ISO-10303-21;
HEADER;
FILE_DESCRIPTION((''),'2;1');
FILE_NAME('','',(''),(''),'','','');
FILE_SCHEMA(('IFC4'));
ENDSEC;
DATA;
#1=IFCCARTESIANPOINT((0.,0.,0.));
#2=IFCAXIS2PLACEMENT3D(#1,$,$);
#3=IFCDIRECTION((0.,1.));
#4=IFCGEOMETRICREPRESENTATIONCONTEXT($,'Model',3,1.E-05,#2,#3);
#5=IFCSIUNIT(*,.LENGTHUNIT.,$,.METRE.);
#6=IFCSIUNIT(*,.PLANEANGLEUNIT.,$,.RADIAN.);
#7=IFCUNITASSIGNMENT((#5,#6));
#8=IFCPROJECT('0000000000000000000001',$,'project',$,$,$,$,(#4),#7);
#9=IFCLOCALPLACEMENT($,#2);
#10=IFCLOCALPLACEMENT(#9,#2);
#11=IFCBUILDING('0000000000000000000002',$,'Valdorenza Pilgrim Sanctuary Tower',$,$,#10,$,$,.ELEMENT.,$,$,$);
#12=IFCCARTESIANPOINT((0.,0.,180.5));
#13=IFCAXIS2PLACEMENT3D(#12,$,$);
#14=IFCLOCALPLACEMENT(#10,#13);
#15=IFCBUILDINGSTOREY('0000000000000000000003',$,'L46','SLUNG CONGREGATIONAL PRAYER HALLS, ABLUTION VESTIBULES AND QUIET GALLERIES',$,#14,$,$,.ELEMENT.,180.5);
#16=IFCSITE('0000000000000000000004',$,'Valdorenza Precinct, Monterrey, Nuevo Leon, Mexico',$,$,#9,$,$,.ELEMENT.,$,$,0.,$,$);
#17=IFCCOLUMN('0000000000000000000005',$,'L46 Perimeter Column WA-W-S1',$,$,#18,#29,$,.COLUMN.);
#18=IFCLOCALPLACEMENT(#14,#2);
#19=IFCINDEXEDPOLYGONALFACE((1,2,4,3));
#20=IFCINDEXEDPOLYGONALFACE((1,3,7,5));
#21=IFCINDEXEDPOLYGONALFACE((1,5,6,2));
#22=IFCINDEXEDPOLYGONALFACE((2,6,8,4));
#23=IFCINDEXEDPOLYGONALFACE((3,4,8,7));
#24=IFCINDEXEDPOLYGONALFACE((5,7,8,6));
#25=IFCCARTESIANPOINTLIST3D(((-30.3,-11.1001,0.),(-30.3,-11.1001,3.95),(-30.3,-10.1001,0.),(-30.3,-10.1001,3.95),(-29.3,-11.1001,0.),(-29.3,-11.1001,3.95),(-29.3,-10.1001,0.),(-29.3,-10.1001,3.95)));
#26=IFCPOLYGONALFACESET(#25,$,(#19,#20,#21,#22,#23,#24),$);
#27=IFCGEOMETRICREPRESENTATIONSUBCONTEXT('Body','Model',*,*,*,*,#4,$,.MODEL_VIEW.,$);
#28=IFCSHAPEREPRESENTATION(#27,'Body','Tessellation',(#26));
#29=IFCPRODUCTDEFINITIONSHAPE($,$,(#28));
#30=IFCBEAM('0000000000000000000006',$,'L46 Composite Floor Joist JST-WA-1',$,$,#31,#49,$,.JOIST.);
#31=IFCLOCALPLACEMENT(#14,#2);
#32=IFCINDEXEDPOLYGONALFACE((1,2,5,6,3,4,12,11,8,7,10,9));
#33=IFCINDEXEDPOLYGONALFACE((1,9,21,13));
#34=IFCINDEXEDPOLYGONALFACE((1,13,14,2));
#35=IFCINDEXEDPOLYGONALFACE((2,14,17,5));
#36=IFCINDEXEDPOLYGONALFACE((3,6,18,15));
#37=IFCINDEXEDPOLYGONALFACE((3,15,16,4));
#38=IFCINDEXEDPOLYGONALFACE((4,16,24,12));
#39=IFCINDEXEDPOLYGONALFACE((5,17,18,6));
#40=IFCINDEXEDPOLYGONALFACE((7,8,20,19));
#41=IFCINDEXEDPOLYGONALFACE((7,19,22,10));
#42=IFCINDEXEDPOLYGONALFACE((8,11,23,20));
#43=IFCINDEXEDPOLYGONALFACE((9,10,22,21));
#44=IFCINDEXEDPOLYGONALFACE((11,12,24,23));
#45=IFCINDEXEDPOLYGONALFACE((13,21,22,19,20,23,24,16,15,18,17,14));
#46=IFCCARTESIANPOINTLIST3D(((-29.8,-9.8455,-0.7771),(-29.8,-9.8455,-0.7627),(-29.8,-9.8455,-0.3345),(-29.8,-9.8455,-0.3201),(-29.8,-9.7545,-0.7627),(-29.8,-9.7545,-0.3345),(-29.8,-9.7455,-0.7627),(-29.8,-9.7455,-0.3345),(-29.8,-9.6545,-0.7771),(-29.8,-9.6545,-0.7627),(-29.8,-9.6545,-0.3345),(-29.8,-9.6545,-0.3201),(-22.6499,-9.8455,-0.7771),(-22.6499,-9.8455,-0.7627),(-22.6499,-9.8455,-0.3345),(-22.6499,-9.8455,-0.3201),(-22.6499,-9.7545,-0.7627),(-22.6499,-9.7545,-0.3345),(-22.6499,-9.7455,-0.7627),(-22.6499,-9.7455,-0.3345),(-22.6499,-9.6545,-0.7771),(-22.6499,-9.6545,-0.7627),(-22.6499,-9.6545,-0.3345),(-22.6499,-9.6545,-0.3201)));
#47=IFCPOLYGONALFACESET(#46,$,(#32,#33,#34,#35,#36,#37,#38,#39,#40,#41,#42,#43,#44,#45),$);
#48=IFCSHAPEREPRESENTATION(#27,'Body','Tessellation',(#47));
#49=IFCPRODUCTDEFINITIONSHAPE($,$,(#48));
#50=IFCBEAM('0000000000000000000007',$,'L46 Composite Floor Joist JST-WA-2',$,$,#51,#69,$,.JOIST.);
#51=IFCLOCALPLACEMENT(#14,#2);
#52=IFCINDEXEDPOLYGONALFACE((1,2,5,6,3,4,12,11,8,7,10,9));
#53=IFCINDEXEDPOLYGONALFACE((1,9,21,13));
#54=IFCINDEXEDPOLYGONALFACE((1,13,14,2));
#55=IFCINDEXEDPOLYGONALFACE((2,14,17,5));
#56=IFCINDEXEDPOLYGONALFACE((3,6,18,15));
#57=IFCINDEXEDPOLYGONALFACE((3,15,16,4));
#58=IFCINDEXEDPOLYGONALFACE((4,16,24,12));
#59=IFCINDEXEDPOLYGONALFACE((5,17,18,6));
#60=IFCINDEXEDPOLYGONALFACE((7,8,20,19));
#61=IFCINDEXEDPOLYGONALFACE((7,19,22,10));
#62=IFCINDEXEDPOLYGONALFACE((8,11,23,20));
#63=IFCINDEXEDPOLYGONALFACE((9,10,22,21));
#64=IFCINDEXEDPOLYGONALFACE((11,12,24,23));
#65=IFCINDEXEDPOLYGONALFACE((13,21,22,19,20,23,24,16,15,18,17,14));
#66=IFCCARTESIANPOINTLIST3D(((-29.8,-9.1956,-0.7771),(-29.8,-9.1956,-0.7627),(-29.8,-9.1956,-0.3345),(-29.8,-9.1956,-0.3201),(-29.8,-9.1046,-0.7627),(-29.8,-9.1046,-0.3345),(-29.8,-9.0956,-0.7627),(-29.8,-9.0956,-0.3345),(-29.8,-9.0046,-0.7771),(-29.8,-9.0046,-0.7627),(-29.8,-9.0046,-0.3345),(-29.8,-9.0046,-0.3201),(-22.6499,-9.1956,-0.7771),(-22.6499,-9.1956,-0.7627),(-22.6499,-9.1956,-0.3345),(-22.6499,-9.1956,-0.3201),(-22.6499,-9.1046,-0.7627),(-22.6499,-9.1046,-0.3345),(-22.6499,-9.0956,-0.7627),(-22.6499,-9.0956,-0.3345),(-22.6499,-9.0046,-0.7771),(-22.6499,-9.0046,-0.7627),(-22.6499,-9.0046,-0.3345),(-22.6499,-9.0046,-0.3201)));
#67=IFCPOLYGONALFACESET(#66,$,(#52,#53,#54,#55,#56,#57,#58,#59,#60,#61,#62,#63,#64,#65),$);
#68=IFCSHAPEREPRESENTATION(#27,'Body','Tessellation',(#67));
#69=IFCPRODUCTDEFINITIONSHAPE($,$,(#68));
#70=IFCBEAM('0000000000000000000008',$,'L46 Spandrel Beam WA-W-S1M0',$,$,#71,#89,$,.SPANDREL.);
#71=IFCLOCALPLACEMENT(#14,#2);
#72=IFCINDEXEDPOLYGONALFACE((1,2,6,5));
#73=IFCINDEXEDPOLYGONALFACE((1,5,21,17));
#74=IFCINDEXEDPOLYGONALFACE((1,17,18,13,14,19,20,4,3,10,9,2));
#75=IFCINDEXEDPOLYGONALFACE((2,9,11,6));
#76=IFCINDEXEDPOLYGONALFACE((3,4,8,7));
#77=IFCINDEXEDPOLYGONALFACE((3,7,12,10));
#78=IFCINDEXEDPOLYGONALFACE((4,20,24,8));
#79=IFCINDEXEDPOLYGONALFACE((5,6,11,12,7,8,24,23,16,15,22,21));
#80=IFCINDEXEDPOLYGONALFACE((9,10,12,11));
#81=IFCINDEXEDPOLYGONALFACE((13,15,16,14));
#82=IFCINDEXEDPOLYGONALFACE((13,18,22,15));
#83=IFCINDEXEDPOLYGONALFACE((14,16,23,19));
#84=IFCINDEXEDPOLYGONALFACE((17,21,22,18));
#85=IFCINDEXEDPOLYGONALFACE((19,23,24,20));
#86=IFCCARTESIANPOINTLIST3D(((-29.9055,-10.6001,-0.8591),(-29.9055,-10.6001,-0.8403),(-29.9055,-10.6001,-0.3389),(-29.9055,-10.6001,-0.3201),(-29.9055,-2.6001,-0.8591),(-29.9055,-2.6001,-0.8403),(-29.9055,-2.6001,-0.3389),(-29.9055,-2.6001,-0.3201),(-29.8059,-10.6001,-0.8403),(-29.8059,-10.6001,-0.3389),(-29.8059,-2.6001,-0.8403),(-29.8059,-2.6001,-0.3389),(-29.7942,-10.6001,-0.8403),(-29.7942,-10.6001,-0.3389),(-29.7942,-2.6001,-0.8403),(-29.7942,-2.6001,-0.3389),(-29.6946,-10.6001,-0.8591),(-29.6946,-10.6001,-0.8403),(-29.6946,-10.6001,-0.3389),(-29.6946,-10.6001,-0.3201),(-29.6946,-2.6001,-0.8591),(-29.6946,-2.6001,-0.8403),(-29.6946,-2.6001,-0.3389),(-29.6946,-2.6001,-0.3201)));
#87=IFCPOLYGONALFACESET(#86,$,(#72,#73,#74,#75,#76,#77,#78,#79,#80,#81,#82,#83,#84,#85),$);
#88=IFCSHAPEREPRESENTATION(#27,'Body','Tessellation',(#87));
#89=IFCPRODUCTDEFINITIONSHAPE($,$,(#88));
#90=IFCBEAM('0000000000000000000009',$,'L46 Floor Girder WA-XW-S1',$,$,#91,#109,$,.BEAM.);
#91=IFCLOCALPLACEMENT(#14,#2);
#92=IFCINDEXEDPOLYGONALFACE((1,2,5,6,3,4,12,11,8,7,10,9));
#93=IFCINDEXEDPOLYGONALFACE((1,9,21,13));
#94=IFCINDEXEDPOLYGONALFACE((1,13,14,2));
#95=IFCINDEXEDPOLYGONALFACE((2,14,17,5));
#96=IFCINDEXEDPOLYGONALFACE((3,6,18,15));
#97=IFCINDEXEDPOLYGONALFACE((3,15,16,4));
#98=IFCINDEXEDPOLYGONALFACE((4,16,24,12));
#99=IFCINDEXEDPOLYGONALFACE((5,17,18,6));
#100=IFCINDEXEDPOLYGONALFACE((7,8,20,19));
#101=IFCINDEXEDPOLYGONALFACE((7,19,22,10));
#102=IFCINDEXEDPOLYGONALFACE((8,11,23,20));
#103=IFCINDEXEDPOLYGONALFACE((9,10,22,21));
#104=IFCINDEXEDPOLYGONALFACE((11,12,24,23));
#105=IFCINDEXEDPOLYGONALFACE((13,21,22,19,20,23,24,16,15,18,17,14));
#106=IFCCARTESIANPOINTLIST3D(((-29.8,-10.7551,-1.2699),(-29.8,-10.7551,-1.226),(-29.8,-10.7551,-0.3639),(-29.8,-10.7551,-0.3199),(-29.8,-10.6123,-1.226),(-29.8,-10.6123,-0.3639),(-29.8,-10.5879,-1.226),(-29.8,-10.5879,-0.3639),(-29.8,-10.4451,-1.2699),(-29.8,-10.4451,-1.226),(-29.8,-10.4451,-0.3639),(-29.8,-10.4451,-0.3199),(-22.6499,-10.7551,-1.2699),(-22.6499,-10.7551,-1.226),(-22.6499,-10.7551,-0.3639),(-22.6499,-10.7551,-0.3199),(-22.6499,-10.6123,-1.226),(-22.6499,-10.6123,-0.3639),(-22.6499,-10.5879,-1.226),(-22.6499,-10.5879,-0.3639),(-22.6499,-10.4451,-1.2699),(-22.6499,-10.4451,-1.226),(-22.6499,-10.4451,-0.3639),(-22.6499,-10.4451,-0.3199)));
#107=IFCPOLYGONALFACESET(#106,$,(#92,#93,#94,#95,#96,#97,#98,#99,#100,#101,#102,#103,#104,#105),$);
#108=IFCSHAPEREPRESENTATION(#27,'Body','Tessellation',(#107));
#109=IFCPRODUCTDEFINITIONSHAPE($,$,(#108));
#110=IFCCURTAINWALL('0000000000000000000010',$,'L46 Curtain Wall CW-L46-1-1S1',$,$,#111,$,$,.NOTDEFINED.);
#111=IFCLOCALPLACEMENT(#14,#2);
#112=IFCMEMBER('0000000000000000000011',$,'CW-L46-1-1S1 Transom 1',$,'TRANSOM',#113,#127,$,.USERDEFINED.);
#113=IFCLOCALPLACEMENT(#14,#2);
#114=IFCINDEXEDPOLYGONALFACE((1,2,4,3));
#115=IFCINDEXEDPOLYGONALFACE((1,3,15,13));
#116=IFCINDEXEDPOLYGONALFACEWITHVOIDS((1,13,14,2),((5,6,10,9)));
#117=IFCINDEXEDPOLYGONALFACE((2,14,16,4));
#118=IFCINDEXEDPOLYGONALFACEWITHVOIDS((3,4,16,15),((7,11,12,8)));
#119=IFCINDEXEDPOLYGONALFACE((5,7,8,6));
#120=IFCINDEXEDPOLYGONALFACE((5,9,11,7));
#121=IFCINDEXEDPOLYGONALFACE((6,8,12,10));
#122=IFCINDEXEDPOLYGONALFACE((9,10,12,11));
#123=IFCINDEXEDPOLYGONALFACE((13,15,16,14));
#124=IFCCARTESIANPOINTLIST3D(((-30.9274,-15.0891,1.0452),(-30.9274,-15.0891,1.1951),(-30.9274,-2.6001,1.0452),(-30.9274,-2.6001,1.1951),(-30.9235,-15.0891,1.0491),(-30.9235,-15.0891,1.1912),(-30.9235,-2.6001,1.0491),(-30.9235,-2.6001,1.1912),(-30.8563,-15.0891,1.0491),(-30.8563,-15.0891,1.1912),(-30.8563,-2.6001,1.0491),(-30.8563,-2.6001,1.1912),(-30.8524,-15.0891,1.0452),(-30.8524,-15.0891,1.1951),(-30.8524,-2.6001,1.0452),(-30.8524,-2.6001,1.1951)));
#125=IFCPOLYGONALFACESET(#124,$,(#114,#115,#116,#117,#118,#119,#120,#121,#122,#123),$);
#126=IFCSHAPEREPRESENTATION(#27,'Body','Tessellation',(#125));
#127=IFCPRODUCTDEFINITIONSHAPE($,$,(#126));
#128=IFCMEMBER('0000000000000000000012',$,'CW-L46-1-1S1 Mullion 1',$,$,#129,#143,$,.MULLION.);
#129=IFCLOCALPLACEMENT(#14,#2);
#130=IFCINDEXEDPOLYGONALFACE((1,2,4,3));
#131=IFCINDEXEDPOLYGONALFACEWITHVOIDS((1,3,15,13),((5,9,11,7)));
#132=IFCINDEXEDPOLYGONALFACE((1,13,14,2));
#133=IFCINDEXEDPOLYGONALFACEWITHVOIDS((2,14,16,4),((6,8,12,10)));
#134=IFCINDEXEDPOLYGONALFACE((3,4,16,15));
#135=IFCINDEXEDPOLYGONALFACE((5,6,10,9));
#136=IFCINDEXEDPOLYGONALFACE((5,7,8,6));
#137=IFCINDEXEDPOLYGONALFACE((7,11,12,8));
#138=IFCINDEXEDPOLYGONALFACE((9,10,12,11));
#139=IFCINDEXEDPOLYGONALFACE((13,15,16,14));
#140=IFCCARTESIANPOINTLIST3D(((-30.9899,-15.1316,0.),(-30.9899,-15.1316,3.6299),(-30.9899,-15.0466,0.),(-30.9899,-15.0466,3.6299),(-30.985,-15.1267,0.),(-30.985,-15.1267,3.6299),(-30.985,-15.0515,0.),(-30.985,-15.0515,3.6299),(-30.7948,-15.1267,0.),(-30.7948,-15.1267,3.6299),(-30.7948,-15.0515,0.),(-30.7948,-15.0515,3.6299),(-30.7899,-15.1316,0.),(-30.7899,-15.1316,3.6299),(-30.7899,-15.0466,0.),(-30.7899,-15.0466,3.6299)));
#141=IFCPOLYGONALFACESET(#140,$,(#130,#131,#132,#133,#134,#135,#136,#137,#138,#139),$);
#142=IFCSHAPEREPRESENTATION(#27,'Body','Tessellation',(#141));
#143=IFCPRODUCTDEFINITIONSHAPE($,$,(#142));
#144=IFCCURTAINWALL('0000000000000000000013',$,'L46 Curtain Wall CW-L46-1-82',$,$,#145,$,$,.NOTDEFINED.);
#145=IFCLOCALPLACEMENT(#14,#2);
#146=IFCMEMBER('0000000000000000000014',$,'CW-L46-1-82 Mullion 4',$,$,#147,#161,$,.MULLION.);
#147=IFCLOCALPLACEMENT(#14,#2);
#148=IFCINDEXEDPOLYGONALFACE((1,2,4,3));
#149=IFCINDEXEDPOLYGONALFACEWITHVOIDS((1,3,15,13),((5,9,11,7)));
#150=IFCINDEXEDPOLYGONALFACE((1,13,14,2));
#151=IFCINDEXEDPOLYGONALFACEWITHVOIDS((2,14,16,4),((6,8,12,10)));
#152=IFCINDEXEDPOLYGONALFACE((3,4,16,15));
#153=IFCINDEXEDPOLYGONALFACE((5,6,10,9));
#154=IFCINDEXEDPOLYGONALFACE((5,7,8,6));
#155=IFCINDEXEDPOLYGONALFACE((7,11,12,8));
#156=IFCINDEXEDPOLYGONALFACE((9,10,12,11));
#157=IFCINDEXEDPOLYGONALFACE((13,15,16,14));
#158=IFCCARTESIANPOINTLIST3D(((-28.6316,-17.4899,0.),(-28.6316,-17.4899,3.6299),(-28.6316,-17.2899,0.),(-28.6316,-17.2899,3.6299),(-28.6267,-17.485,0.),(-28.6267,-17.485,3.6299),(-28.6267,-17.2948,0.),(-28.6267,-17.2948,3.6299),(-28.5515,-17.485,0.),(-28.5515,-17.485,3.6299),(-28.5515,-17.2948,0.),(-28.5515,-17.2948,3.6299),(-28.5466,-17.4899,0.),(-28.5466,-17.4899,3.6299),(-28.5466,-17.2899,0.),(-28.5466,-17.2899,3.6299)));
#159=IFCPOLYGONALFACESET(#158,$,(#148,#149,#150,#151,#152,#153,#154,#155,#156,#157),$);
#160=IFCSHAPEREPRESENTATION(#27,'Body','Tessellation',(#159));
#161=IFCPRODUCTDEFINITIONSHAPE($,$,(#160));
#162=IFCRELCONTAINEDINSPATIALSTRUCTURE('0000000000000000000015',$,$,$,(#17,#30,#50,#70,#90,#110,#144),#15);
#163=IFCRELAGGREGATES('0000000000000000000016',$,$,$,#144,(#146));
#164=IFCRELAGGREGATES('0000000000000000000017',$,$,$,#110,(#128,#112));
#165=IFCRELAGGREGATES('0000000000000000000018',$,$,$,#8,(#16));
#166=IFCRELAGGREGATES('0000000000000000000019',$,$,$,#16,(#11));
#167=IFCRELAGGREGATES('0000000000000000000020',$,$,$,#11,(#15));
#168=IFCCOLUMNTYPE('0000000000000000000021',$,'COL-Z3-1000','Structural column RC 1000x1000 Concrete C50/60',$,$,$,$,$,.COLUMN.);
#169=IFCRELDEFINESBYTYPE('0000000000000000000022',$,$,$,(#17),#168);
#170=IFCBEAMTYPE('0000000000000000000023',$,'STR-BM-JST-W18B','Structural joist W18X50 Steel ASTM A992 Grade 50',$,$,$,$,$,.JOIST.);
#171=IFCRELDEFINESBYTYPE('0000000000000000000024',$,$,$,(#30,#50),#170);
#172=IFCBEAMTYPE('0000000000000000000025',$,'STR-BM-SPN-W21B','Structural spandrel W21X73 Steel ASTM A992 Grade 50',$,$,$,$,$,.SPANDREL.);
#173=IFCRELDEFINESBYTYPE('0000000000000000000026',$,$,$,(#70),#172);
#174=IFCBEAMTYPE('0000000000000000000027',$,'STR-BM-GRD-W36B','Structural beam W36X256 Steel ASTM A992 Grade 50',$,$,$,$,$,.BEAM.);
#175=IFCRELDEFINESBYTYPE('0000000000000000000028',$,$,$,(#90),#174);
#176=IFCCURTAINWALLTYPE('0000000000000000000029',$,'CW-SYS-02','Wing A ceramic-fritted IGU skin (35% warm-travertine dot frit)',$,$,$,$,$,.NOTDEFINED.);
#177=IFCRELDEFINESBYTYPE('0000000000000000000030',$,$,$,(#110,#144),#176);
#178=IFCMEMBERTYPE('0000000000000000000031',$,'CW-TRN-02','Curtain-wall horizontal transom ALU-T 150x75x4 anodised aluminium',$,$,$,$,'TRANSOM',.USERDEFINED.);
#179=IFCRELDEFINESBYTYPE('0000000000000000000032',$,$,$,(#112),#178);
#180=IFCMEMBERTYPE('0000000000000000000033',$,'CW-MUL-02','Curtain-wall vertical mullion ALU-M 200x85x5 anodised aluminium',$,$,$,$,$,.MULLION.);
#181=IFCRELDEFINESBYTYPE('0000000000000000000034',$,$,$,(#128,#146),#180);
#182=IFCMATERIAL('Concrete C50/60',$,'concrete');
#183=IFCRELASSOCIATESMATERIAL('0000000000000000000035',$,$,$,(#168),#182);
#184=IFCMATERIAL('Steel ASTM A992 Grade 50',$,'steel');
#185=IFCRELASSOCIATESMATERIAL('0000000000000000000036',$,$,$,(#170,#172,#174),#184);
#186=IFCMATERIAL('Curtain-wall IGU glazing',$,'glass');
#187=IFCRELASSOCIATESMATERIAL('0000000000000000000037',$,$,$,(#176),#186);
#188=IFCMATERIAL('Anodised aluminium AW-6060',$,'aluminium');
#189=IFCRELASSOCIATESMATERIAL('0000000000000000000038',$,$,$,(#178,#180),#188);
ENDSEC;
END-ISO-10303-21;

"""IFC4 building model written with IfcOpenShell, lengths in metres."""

from ifc_helpers import new_model, si_unit, direction, frame, origin, origin_2d, place, context, subcontext, project, spatial, rectangle, hollow_rectangle, i_section, extrude, source, transform, mapped, material, material_profile, profile_set, type_object, element, aggregate, save


model = new_model("IFC4")

# Units and contexts
model_context = context("Model", 3, precision=1e-05, world=origin(), true_north=direction((0.0, 1.0)))
body_context = subcontext(model_context, "Body", "Model", "MODEL_VIEW")
ifc_project = project(units=[si_unit("LENGTHUNIT", "METRE"), si_unit("PLANEANGLEUNIT", "RADIAN")], contexts=[model_context])

# Site, building, storey
site_placement = place(None, origin())
site = spatial("IfcSite", under=ifc_project, at=site_placement, Name="Valdorenza Precinct, Monterrey, Nuevo Leon, Mexico", CompositionType="ELEMENT", RefElevation=0.0)
building_placement = place(site_placement, origin())
building = spatial("IfcBuilding", under=site, at=building_placement, Name="Valdorenza Pilgrim Sanctuary Tower", CompositionType="ELEMENT")
storey_placement = place(building_placement, frame((0.0, 0.0, 180.5)))
storey = spatial("IfcBuildingStorey", under=building, at=storey_placement, Name="L46", Description="SLUNG CONGREGATIONAL PRAYER HALLS, ABLUTION VESTIBULES AND QUIET GALLERIES", CompositionType="ELEMENT", Elevation=180.5)

# Column
ifc_material_1 = material(Name="Concrete C50/60", Category="concrete")
ifc_material_profile_1 = material_profile(ifc_material_1, rectangle(XDim=1.0, YDim=1.0, at=origin_2d()), Name="RC 1000x1000")
ifc_profile_set_1 = profile_set([ifc_material_profile_1], Name="Concrete C50/60")
column_type = type_object("IfcColumnType", Name="COL-Z3-1000", Description="Structural column RC 1000x1000 Concrete C50/60", PredefinedType="COLUMN", material=ifc_profile_set_1)
shared_shape_1 = source(origin(), body_context, "Body", "SweptSolid", [
    extrude(rectangle(XDim=1.0, YDim=1.0, at=origin_2d()), origin(), (0.0, 0.0, 1.0), 3.95),
])
column_placement = place(storey_placement, frame((-29.8, -10.6001, 0.0), z_axis=(0.0, 0.0, 1.0), x_axis=(1.0, 0.0, 0.0)))
element("IfcColumn", 1, at=column_placement, inside=storey, type_object=column_type, Name="L46 Perimeter Column WA-W-S1", PredefinedType="COLUMN", context=body_context, shape_type="MappedRepresentation", body=[
    mapped(shared_shape_1, transform((0.0, 0.0, 0.0), x_axis=(1.0, 0.0, 0.0), y_axis=(0.0, 1.0, 0.0), z_axis=(0.0, 0.0, 1.0), scale=1.0)),
])

# Beams
ifc_material_2 = material(Name="Steel ASTM A992 Grade 50", Category="steel")
ifc_material_profile_2 = material_profile(ifc_material_2, i_section(OverallWidth=0.1909, OverallDepth=0.457, WebThickness=0.009, FlangeThickness=0.0144, at=origin_2d()), Name="W18X50")
ifc_profile_set_2 = profile_set([ifc_material_profile_2], Name="Steel ASTM A992 Grade 50")
beam_type_1 = type_object("IfcBeamType", Name="STR-BM-JST-W18B", Description="Structural joist W18X50 Steel ASTM A992 Grade 50", PredefinedType="JOIST", material=ifc_profile_set_2)
shared_shape_2 = source(origin(), body_context, "Body", "SweptSolid", [
    extrude(i_section(OverallWidth=0.1909, OverallDepth=0.457, WebThickness=0.009, FlangeThickness=0.0144, at=origin_2d()), origin(), (0.0, 0.0, 1.0), 7.1501),
])
for number, where, z_axis, x_axis, name in (
    (2, (-29.8, -9.75, -0.5486), (1.0, 0.0, 0.0), (0.0, 1.0, 0.0), "L46 Composite Floor Joist JST-WA-1"),
    (3, (-29.8, -9.1001, -0.5486), (1.0, 0.0, 0.0), (0.0, 1.0, 0.0), "L46 Composite Floor Joist JST-WA-2"),
):
    element("IfcBeam", number, at=place(storey_placement, frame(where, z_axis=z_axis, x_axis=x_axis)), inside=storey, type_object=beam_type_1, Name=name, PredefinedType="JOIST", context=body_context, shape_type="MappedRepresentation", body=[
        mapped(shared_shape_2, transform((0.0, 0.0, 0.0), x_axis=(1.0, 0.0, 0.0), y_axis=(0.0, 1.0, 0.0), z_axis=(0.0, 0.0, 1.0), scale=1.0)),
    ])
ifc_material_profile_3 = material_profile(ifc_material_2, i_section(OverallWidth=0.2109, OverallDepth=0.5391, WebThickness=0.0117, FlangeThickness=0.0188, at=origin_2d()), Name="W21X73")
ifc_profile_set_3 = profile_set([ifc_material_profile_3], Name="Steel ASTM A992 Grade 50")
beam_type_2 = type_object("IfcBeamType", Name="STR-BM-SPN-W21B", Description="Structural spandrel W21X73 Steel ASTM A992 Grade 50", PredefinedType="SPANDREL", material=ifc_profile_set_3)
shared_shape_3 = source(origin(), body_context, "Body", "SweptSolid", [
    extrude(i_section(OverallWidth=0.2109, OverallDepth=0.5391, WebThickness=0.0117, FlangeThickness=0.0188, at=origin_2d()), origin(), (0.0, 0.0, 1.0), 8.0),
])
beam_1_placement = place(storey_placement, frame((-29.8, -10.6001, -0.5896), z_axis=(0.0, 1.0, 0.0), x_axis=(-1.0, 0.0, 0.0)))
element("IfcBeam", 4, at=beam_1_placement, inside=storey, type_object=beam_type_2, Name="L46 Spandrel Beam WA-W-S1M0", PredefinedType="SPANDREL", context=body_context, shape_type="MappedRepresentation", body=[
    mapped(shared_shape_3, transform((0.0, 0.0, 0.0), x_axis=(1.0, 0.0, 0.0), y_axis=(0.0, 1.0, 0.0), z_axis=(0.0, 0.0, 1.0), scale=1.0)),
])
ifc_material_profile_4 = material_profile(ifc_material_2, i_section(OverallWidth=0.3101, OverallDepth=0.95, WebThickness=0.0244, FlangeThickness=0.0439, at=origin_2d()), Name="W36X256")
ifc_profile_set_4 = profile_set([ifc_material_profile_4], Name="Steel ASTM A992 Grade 50")
beam_type_3 = type_object("IfcBeamType", Name="STR-BM-GRD-W36B", Description="Structural beam W36X256 Steel ASTM A992 Grade 50", PredefinedType="BEAM", material=ifc_profile_set_4)
shared_shape_4 = source(origin(), body_context, "Body", "SweptSolid", [
    extrude(i_section(OverallWidth=0.3101, OverallDepth=0.95, WebThickness=0.0244, FlangeThickness=0.0439, at=origin_2d()), origin(), (0.0, 0.0, 1.0), 7.1501),
])
beam_2_placement = place(storey_placement, frame((-29.8, -10.6001, -0.7949), z_axis=(1.0, 0.0, 0.0), x_axis=(0.0, 1.0, 0.0)))
element("IfcBeam", 5, at=beam_2_placement, inside=storey, type_object=beam_type_3, Name="L46 Floor Girder WA-XW-S1", PredefinedType="BEAM", context=body_context, shape_type="MappedRepresentation", body=[
    mapped(shared_shape_4, transform((0.0, 0.0, 0.0), x_axis=(1.0, 0.0, 0.0), y_axis=(0.0, 1.0, 0.0), z_axis=(0.0, 0.0, 1.0), scale=1.0)),
])

# Curtain wall, members
ifc_material_3 = material(Name="Curtain-wall IGU glazing", Category="glass")
curtain_wall_type = type_object("IfcCurtainWallType", Name="CW-SYS-02", Description="Wing A ceramic-fritted IGU skin (35% warm-travertine dot frit)", PredefinedType="NOTDEFINED", material=ifc_material_3)
curtain_wall_1_placement = place(storey_placement, origin())
curtain_wall_1 = element("IfcCurtainWall", 6, at=curtain_wall_1_placement, inside=storey, type_object=curtain_wall_type, Name="L46 Curtain Wall CW-L46-1-1S1", PredefinedType="NOTDEFINED")
ifc_material_4 = material(Name="Anodised aluminium AW-6060", Category="aluminium")
ifc_material_profile_5 = material_profile(ifc_material_4, hollow_rectangle(XDim=0.075, YDim=0.1499, WallThickness=0.0039, at=origin_2d()), Name="ALU-T 150x75x4")
ifc_profile_set_5 = profile_set([ifc_material_profile_5], Name="Anodised aluminium AW-6060")
member_type_1 = type_object("IfcMemberType", Name="CW-TRN-02", Description="Curtain-wall horizontal transom ALU-T 150x75x4 anodised aluminium", ElementType="TRANSOM", PredefinedType="USERDEFINED", material=ifc_profile_set_5)
shared_shape_5 = source(origin(), body_context, "Body", "SweptSolid", [
    extrude(hollow_rectangle(XDim=0.075, YDim=0.1499, WallThickness=0.0039, at=origin_2d()), origin(), (0.0, 0.0, 1.0), 12.489),
])
member_1_placement = place(storey_placement, frame((-30.8899, -15.0891, 1.1201), z_axis=(0.0, 1.0, 0.0), x_axis=(-1.0, 0.0, 0.0)))
member_1 = element("IfcMember", 7, at=member_1_placement, type_object=member_type_1, Name="CW-L46-1-1S1 Transom 1", ObjectType="TRANSOM", PredefinedType="USERDEFINED", context=body_context, shape_type="MappedRepresentation", body=[
    mapped(shared_shape_5, transform((0.0, 0.0, 0.0), x_axis=(1.0, 0.0, 0.0), y_axis=(0.0, 1.0, 0.0), z_axis=(0.0, 0.0, 1.0), scale=1.0)),
])
ifc_material_profile_6 = material_profile(ifc_material_4, hollow_rectangle(XDim=0.085, YDim=0.2, WallThickness=0.0049, at=origin_2d()), Name="ALU-M 200x85x5")
ifc_profile_set_6 = profile_set([ifc_material_profile_6], Name="Anodised aluminium AW-6060")
member_type_2 = type_object("IfcMemberType", Name="CW-MUL-02", Description="Curtain-wall vertical mullion ALU-M 200x85x5 anodised aluminium", PredefinedType="MULLION", material=ifc_profile_set_6)
shared_shape_6 = source(origin(), body_context, "Body", "SweptSolid", [
    extrude(hollow_rectangle(XDim=0.085, YDim=0.2, WallThickness=0.0049, at=origin_2d()), origin(), (0.0, 0.0, 1.0), 3.6299),
])
member_2_placement = place(storey_placement, frame((-30.8899, -15.0891, 0.0), z_axis=(0.0, 0.0, 1.0), x_axis=(0.0, 1.0, 0.0)))
member_2 = element("IfcMember", 8, at=member_2_placement, type_object=member_type_2, Name="CW-L46-1-1S1 Mullion 1", PredefinedType="MULLION", context=body_context, shape_type="MappedRepresentation", body=[
    mapped(shared_shape_6, transform((0.0, 0.0, 0.0), x_axis=(1.0, 0.0, 0.0), y_axis=(0.0, 1.0, 0.0), z_axis=(0.0, 0.0, 1.0), scale=1.0)),
])

# Curtain wall, member
curtain_wall_2_placement = place(storey_placement, origin())
curtain_wall_2 = element("IfcCurtainWall", 9, at=curtain_wall_2_placement, inside=storey, type_object=curtain_wall_type, Name="L46 Curtain Wall CW-L46-1-82", PredefinedType="NOTDEFINED")
member_3_placement = place(storey_placement, frame((-28.5891, -17.3899, 0.0), z_axis=(0.0, 0.0, 1.0), x_axis=(-1.0, 0.0, 0.0)))
member_3 = element("IfcMember", 10, at=member_3_placement, type_object=member_type_2, Name="CW-L46-1-82 Mullion 4", PredefinedType="MULLION", context=body_context, shape_type="MappedRepresentation", body=[
    mapped(shared_shape_6, transform((0.0, 0.0, 0.0), x_axis=(1.0, 0.0, 0.0), y_axis=(0.0, 1.0, 0.0), z_axis=(0.0, 0.0, 1.0), scale=1.0)),
])
aggregate(curtain_wall_2, [member_3])

aggregate(curtain_wall_1, [member_2, member_1])

save(model, "model.ifc")
